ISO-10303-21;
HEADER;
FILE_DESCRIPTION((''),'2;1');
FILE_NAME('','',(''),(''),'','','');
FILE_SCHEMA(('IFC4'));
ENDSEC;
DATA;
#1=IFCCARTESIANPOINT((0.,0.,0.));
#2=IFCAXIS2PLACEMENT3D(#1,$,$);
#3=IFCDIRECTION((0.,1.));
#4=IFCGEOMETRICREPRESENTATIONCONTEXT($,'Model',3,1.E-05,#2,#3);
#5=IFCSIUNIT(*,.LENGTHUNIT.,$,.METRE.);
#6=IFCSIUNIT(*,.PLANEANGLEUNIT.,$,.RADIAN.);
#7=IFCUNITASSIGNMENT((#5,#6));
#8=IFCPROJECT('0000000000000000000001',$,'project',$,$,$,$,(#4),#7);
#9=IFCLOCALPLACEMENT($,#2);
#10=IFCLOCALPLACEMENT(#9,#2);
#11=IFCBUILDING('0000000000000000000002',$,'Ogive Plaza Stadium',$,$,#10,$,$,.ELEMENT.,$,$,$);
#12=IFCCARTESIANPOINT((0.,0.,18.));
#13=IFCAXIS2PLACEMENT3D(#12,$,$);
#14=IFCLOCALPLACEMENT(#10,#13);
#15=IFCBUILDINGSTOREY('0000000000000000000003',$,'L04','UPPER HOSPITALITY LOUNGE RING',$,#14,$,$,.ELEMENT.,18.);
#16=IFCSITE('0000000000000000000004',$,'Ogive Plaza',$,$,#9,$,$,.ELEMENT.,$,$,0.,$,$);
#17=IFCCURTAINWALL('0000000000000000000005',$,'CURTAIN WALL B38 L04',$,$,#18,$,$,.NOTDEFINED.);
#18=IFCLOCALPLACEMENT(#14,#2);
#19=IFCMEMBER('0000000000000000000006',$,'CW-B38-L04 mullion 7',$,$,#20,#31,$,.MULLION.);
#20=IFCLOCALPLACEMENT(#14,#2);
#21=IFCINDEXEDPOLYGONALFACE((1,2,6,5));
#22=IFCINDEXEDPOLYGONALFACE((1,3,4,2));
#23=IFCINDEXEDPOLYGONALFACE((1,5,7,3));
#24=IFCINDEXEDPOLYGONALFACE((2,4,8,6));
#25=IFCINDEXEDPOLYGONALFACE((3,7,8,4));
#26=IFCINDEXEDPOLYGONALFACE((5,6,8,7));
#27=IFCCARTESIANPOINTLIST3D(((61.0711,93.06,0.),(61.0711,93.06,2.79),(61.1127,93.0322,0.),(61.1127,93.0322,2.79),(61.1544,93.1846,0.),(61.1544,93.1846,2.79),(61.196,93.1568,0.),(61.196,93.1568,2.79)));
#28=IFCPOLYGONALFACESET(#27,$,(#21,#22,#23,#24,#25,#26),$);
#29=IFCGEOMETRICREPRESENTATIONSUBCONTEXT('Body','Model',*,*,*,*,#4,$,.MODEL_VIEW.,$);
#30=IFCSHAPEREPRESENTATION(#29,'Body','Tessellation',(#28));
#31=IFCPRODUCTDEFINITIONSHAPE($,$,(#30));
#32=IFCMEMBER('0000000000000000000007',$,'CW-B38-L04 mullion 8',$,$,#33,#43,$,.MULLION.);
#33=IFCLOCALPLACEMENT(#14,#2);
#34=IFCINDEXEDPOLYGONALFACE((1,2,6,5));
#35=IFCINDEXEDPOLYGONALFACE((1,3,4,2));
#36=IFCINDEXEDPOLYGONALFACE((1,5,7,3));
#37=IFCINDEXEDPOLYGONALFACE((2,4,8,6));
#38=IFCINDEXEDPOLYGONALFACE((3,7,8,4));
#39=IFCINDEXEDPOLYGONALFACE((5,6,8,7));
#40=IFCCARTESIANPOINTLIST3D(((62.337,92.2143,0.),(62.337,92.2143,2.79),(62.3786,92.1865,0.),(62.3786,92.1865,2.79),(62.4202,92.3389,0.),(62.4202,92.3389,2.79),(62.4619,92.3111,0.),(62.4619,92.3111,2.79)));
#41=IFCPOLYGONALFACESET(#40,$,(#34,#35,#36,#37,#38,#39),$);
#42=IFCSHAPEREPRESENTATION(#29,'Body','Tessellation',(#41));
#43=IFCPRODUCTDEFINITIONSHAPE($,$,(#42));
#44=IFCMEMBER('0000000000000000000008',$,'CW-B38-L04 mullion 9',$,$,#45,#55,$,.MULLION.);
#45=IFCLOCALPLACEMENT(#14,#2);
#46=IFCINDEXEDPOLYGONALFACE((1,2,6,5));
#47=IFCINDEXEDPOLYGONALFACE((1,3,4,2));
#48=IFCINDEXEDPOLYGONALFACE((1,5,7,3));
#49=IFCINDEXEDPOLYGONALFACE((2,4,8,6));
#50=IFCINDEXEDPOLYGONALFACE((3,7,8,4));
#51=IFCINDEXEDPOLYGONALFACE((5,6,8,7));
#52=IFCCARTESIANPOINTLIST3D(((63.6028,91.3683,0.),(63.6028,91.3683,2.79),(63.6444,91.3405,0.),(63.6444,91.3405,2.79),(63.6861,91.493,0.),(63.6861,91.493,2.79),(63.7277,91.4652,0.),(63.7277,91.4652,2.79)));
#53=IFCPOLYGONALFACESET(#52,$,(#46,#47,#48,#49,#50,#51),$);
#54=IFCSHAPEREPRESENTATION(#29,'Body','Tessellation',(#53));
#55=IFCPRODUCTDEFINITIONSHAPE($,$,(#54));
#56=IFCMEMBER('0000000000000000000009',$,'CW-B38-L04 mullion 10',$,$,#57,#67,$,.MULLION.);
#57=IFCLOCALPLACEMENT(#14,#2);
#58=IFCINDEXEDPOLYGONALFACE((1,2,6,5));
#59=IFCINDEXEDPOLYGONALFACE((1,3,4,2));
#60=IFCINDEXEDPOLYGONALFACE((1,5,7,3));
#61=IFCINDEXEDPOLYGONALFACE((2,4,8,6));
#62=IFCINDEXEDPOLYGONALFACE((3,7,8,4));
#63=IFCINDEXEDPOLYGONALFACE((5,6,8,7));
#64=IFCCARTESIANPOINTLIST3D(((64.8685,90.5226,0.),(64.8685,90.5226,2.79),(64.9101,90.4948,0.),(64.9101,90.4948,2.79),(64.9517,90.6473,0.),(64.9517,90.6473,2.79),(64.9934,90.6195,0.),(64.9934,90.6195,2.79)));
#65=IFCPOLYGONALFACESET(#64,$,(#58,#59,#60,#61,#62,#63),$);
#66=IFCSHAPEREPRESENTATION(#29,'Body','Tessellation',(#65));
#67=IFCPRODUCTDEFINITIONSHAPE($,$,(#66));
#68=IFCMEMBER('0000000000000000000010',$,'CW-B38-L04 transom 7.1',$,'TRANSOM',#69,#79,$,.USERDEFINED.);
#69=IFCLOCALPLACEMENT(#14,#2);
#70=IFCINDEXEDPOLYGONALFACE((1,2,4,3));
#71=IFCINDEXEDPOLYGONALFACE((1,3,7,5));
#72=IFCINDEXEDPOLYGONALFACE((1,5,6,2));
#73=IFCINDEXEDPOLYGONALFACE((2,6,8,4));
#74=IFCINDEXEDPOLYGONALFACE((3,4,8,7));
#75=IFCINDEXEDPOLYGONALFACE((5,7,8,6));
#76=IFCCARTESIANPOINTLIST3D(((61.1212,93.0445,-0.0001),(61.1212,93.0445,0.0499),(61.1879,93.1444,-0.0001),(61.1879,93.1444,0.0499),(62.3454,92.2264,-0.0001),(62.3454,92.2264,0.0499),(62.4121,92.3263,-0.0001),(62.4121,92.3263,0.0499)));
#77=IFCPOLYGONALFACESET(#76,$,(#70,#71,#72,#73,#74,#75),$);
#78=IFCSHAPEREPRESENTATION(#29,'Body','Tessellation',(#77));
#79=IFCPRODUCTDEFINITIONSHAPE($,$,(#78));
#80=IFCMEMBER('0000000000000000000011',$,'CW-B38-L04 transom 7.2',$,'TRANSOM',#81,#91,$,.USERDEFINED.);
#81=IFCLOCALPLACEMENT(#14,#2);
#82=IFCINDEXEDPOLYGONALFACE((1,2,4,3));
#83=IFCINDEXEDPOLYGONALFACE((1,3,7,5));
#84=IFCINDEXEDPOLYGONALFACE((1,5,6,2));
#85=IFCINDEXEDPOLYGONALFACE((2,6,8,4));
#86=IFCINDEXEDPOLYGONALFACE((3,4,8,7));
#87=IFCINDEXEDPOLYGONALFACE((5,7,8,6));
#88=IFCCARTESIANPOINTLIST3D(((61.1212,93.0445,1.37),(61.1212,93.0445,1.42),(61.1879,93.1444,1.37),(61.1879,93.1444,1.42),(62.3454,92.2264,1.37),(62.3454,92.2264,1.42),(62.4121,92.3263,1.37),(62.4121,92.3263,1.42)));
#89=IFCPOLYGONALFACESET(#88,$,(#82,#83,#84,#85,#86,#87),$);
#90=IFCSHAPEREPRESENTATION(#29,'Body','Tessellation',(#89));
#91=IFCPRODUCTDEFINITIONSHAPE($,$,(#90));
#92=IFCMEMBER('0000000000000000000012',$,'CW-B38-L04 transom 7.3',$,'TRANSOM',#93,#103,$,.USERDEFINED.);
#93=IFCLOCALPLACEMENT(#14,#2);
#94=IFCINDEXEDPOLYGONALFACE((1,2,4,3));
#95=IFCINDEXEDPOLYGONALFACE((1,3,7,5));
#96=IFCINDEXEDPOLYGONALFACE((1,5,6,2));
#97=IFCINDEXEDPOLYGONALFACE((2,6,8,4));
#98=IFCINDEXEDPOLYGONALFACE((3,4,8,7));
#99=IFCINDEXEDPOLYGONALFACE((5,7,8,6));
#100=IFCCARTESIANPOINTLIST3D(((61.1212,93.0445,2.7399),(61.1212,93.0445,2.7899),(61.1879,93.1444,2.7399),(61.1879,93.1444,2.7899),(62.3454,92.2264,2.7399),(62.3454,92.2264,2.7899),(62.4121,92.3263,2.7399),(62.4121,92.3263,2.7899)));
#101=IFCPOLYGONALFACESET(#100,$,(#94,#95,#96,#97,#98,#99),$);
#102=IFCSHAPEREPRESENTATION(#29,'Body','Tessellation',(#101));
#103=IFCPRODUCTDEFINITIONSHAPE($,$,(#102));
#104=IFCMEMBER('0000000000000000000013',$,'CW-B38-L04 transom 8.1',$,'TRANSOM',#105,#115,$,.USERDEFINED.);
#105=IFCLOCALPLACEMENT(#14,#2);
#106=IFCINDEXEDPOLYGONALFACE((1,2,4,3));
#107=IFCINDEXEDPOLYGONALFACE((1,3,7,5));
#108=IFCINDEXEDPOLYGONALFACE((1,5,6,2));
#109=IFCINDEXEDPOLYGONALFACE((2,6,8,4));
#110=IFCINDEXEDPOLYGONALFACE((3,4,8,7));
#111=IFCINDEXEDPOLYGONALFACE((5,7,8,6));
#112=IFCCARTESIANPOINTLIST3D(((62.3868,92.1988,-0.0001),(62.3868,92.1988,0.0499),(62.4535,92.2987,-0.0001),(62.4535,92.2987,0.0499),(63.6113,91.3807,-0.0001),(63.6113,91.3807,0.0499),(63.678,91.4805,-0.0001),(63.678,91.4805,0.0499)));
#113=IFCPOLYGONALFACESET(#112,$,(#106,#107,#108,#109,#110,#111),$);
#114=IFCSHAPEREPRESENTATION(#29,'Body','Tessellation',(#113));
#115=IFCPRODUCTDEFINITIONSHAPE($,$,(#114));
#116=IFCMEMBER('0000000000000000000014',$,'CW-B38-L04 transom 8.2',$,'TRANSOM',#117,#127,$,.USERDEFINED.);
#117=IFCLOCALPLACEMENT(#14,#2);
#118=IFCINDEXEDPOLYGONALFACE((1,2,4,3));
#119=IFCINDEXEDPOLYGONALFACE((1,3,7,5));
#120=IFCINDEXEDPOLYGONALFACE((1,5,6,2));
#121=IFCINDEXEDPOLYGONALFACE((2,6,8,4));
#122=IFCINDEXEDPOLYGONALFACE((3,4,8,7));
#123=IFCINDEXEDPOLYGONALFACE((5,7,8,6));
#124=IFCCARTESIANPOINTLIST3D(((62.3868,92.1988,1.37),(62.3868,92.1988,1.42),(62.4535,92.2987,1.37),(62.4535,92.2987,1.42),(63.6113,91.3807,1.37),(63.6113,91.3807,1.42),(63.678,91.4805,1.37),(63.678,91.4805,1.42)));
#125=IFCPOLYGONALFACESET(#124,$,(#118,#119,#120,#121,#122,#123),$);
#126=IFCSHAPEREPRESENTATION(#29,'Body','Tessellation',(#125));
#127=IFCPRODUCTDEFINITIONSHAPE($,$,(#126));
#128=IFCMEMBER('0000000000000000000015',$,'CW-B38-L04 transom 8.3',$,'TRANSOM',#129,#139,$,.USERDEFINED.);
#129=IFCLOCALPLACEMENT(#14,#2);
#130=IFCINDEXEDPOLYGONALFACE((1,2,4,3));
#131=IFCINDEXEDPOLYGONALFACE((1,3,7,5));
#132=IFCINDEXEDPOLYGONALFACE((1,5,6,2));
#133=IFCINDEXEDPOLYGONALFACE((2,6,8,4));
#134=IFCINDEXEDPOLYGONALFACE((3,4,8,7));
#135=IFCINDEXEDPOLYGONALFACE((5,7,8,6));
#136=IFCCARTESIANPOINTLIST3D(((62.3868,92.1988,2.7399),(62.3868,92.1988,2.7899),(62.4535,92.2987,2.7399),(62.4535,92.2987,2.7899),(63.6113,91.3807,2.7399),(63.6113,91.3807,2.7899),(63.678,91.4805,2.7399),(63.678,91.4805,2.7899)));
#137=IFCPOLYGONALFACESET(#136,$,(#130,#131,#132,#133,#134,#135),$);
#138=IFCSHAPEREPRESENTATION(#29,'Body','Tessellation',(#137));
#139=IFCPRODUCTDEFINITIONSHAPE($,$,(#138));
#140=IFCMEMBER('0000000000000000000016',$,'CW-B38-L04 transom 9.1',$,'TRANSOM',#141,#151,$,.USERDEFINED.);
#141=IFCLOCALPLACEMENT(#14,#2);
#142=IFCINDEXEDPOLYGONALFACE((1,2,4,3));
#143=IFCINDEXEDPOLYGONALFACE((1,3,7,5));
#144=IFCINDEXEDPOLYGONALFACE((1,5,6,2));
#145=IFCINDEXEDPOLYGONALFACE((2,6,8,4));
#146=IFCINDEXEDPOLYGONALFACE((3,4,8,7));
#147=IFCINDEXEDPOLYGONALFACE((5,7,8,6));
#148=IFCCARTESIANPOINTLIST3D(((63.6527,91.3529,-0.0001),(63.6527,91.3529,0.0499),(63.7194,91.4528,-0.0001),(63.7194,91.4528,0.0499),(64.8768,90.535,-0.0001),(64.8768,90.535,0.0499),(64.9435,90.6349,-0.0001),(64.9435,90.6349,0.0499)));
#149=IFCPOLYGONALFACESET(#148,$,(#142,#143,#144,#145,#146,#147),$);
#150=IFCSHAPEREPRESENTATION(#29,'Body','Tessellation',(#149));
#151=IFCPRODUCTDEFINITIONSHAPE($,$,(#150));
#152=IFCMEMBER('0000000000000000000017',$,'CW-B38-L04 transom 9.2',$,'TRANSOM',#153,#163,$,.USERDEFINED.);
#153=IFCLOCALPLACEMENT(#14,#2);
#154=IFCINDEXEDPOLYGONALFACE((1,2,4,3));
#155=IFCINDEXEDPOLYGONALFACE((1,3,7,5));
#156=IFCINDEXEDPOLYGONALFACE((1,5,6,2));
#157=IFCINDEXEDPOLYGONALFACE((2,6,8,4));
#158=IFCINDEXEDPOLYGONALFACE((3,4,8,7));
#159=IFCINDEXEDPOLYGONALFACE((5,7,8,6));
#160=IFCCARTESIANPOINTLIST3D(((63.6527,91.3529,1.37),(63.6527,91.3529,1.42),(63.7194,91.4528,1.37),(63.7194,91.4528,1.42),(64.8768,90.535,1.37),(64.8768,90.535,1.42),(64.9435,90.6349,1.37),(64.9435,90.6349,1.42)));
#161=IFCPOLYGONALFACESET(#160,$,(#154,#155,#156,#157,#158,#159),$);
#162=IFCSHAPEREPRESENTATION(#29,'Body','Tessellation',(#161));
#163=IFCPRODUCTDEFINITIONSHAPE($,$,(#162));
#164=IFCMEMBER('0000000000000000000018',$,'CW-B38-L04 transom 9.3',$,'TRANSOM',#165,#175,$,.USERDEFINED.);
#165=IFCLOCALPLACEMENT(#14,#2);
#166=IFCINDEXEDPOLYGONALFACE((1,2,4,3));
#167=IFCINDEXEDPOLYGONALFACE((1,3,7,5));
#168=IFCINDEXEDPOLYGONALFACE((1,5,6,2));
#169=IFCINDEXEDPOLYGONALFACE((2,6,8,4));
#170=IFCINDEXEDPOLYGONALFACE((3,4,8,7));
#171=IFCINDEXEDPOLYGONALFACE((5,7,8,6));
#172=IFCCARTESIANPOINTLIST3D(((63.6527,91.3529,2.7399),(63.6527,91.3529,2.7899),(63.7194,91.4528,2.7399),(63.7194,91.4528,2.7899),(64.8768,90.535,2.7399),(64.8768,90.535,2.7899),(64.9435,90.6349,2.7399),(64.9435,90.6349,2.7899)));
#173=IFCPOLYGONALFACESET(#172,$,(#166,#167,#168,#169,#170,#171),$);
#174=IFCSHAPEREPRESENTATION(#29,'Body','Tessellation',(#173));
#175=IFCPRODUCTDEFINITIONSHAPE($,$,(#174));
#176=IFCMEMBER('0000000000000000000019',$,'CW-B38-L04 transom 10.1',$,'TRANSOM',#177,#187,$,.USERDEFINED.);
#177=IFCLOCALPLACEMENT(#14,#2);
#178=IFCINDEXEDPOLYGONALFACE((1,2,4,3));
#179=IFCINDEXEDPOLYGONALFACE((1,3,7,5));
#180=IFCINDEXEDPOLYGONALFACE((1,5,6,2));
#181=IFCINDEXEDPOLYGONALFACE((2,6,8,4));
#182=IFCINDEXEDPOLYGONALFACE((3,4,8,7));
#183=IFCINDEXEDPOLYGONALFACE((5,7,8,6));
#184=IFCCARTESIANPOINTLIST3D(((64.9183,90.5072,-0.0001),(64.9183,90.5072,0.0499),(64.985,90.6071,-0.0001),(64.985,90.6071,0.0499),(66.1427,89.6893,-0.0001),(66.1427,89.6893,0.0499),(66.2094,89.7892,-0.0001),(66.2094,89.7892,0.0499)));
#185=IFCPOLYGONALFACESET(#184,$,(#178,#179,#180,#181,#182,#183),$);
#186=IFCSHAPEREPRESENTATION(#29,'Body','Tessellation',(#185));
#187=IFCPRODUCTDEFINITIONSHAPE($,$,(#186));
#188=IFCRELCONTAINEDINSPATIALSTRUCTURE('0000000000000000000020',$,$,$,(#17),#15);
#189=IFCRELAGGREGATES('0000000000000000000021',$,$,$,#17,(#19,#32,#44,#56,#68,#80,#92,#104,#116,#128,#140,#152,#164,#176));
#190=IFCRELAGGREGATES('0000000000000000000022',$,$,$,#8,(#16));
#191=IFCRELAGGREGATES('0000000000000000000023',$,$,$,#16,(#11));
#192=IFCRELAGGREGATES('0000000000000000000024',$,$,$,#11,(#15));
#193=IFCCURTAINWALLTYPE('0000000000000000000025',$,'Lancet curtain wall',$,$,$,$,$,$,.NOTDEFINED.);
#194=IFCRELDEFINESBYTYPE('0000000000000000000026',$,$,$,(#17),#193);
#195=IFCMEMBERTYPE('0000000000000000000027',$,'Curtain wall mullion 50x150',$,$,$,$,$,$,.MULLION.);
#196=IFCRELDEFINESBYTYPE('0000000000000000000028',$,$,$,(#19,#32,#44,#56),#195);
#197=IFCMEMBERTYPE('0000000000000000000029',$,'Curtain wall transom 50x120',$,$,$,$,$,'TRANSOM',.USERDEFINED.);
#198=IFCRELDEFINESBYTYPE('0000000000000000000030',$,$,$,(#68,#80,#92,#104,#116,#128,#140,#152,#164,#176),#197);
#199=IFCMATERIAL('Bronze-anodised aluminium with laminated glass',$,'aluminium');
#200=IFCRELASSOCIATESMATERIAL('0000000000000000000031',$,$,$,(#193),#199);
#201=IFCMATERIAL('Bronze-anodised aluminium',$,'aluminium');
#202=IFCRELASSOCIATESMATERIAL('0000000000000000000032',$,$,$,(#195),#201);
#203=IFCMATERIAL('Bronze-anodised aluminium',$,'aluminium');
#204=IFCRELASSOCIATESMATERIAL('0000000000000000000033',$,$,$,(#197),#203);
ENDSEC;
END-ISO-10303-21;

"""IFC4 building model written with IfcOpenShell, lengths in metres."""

from ifc_helpers import new_model, si_unit, direction, frame, origin, origin_2d, place, context, subcontext, project, spatial, rectangle, extrude, material, material_profile, profile_set, type_object, element, aggregate, save


model = new_model("IFC4")

# Units and contexts
model_context = context("Model", 3, precision=1e-05, world=origin(), true_north=direction((0.0, 1.0)))
body_context = subcontext(model_context, "Body", "Model", "MODEL_VIEW")
ifc_project = project(units=[si_unit("LENGTHUNIT", "METRE"), si_unit("PLANEANGLEUNIT", "RADIAN")], contexts=[model_context])

# Site, building, storey
site_placement = place(None, origin())
site = spatial("IfcSite", under=ifc_project, at=site_placement, Name="Ogive Plaza", CompositionType="ELEMENT", RefElevation=0.0)
building_placement = place(site_placement, origin())
building = spatial("IfcBuilding", under=site, at=building_placement, Name="Ogive Plaza Stadium", CompositionType="ELEMENT")
storey_placement = place(building_placement, frame((0.0, 0.0, 18.0)))
storey = spatial("IfcBuildingStorey", under=building, at=storey_placement, Name="L04", Description="UPPER HOSPITALITY LOUNGE RING", CompositionType="ELEMENT", Elevation=18.0)

# Curtain wall, members
ifc_material_1 = material(Name="Bronze-anodised aluminium with laminated glass", Category="aluminium")
curtain_wall_type = type_object("IfcCurtainWallType", Name="Lancet curtain wall", PredefinedType="NOTDEFINED", material=ifc_material_1)
curtain_wall_placement = place(storey_placement, origin())
curtain_wall = element("IfcCurtainWall", 1, at=curtain_wall_placement, inside=storey, type_object=curtain_wall_type, Name="CURTAIN WALL B38 L04", PredefinedType="NOTDEFINED")
ifc_material_2 = material(Name="Bronze-anodised aluminium", Category="aluminium")
ifc_material_profile_1 = material_profile(ifc_material_2, rectangle(XDim=0.1499, YDim=0.05, at=origin_2d()), Name="AL 150x50")
ifc_profile_set_1 = profile_set([ifc_material_profile_1], Name="Bronze-anodised aluminium")
member_type_1 = type_object("IfcMemberType", Name="Curtain wall mullion 50x150", PredefinedType="MULLION", material=ifc_profile_set_1)
member_1_placement = place(storey_placement, frame((61.1335, 93.1084, 0.0), z_axis=(0.0, 0.0, 1.0), x_axis=(0.55557, 0.83147, 0.0)))
member_1 = element("IfcMember", 2, at=member_1_placement, type_object=member_type_1, Name="CW-B38-L04 mullion 7", PredefinedType="MULLION", context=body_context, shape_type="SweptSolid", body=[
    extrude(rectangle(XDim=0.1499, YDim=0.05, at=origin_2d()), origin(), (0.0, 0.0, 1.0), 2.79),
])
member_2_placement = place(storey_placement, frame((62.3994, 92.2627, 0.0), z_axis=(0.0, 0.0, 1.0), x_axis=(0.55557, 0.83147, 0.0)))
member_2 = element("IfcMember", 3, at=member_2_placement, type_object=member_type_1, Name="CW-B38-L04 mullion 8", PredefinedType="MULLION", context=body_context, shape_type="SweptSolid", body=[
    extrude(rectangle(XDim=0.1499, YDim=0.05, at=origin_2d()), origin(), (0.0, 0.0, 1.0), 2.79),
])
member_3_placement = place(storey_placement, frame((63.6653, 91.4167, 0.0), z_axis=(0.0, 0.0, 1.0), x_axis=(0.55557, 0.83147, 0.0)))
member_3 = element("IfcMember", 4, at=member_3_placement, type_object=member_type_1, Name="CW-B38-L04 mullion 9", PredefinedType="MULLION", context=body_context, shape_type="SweptSolid", body=[
    extrude(rectangle(XDim=0.1499, YDim=0.05, at=origin_2d()), origin(), (0.0, 0.0, 1.0), 2.79),
])
member_4_placement = place(storey_placement, frame((64.9309, 90.571, 0.0), z_axis=(0.0, 0.0, 1.0), x_axis=(0.55557, 0.83147, 0.0)))
member_4 = element("IfcMember", 5, at=member_4_placement, type_object=member_type_1, Name="CW-B38-L04 mullion 10", PredefinedType="MULLION", context=body_context, shape_type="SweptSolid", body=[
    extrude(rectangle(XDim=0.1499, YDim=0.05, at=origin_2d()), origin(), (0.0, 0.0, 1.0), 2.79),
])
ifc_material_3 = material(Name="Bronze-anodised aluminium", Category="aluminium")
ifc_material_profile_2 = material_profile(ifc_material_3, rectangle(XDim=0.1201, YDim=0.05, at=origin_2d()), Name="AL 120x50")
ifc_profile_set_2 = profile_set([ifc_material_profile_2], Name="Bronze-anodised aluminium")
member_type_2 = type_object("IfcMemberType", Name="Curtain wall transom 50x120", ElementType="TRANSOM", PredefinedType="USERDEFINED", material=ifc_profile_set_2)
member_5_placement = place(storey_placement, frame((61.1545, 93.0945, 0.0249), z_axis=(0.831412, -0.555656, 0.0), x_axis=(0.555656, 0.831412, 0.0)))
member_5 = element("IfcMember", 6, at=member_5_placement, type_object=member_type_2, Name="CW-B38-L04 transom 7.1", ObjectType="TRANSOM", PredefinedType="USERDEFINED", context=body_context, shape_type="SweptSolid", body=[
    extrude(rectangle(XDim=0.1201, YDim=0.05, at=origin_2d()), origin(), (0.0, 0.0, 1.0), 1.4724),
])
member_6_placement = place(storey_placement, frame((61.1545, 93.0945, 1.395), z_axis=(0.831412, -0.555656, 0.0), x_axis=(0.555656, 0.831412, 0.0)))
member_6 = element("IfcMember", 7, at=member_6_placement, type_object=member_type_2, Name="CW-B38-L04 transom 7.2", ObjectType="TRANSOM", PredefinedType="USERDEFINED", context=body_context, shape_type="SweptSolid", body=[
    extrude(rectangle(XDim=0.1201, YDim=0.05, at=origin_2d()), origin(), (0.0, 0.0, 1.0), 1.4724),
])
member_7_placement = place(storey_placement, frame((61.1545, 93.0945, 2.7649), z_axis=(0.831412, -0.555656, 0.0), x_axis=(0.555656, 0.831412, 0.0)))
member_7 = element("IfcMember", 8, at=member_7_placement, type_object=member_type_2, Name="CW-B38-L04 transom 7.3", ObjectType="TRANSOM", PredefinedType="USERDEFINED", context=body_context, shape_type="SweptSolid", body=[
    extrude(rectangle(XDim=0.1201, YDim=0.05, at=origin_2d()), origin(), (0.0, 0.0, 1.0), 1.4724),
])
member_8_placement = place(storey_placement, frame((62.4202, 92.2488, 0.0249), z_axis=(0.831463, -0.55558, 0.0), x_axis=(0.55558, 0.831463, 0.0)))
member_8 = element("IfcMember", 9, at=member_8_placement, type_object=member_type_2, Name="CW-B38-L04 transom 8.1", ObjectType="TRANSOM", PredefinedType="USERDEFINED", context=body_context, shape_type="SweptSolid", body=[
    extrude(rectangle(XDim=0.1201, YDim=0.05, at=origin_2d()), origin(), (0.0, 0.0, 1.0), 1.4727),
])
member_9_placement = place(storey_placement, frame((62.4202, 92.2488, 1.395), z_axis=(0.831463, -0.55558, 0.0), x_axis=(0.55558, 0.831463, 0.0)))
member_9 = element("IfcMember", 10, at=member_9_placement, type_object=member_type_2, Name="CW-B38-L04 transom 8.2", ObjectType="TRANSOM", PredefinedType="USERDEFINED", context=body_context, shape_type="SweptSolid", body=[
    extrude(rectangle(XDim=0.1201, YDim=0.05, at=origin_2d()), origin(), (0.0, 0.0, 1.0), 1.4727),
])
member_10_placement = place(storey_placement, frame((62.4202, 92.2488, 2.7649), z_axis=(0.831463, -0.55558, 0.0), x_axis=(0.55558, 0.831463, 0.0)))
member_10 = element("IfcMember", 11, at=member_10_placement, type_object=member_type_2, Name="CW-B38-L04 transom 8.3", ObjectType="TRANSOM", PredefinedType="USERDEFINED", context=body_context, shape_type="SweptSolid", body=[
    extrude(rectangle(XDim=0.1201, YDim=0.05, at=origin_2d()), origin(), (0.0, 0.0, 1.0), 1.4727),
])
member_11_placement = place(storey_placement, frame((63.686, 91.4028, 0.0249), z_axis=(0.831489, -0.555542, 0.0), x_axis=(0.555542, 0.831489, 0.0)))
member_11 = element("IfcMember", 12, at=member_11_placement, type_object=member_type_2, Name="CW-B38-L04 transom 9.1", ObjectType="TRANSOM", PredefinedType="USERDEFINED", context=body_context, shape_type="SweptSolid", body=[
    extrude(rectangle(XDim=0.1201, YDim=0.05, at=origin_2d()), origin(), (0.0, 0.0, 1.0), 1.4722),
])
member_12_placement = place(storey_placement, frame((63.686, 91.4028, 1.395), z_axis=(0.831489, -0.555542, 0.0), x_axis=(0.555542, 0.831489, 0.0)))
member_12 = element("IfcMember", 13, at=member_12_placement, type_object=member_type_2, Name="CW-B38-L04 transom 9.2", ObjectType="TRANSOM", PredefinedType="USERDEFINED", context=body_context, shape_type="SweptSolid", body=[
    extrude(rectangle(XDim=0.1201, YDim=0.05, at=origin_2d()), origin(), (0.0, 0.0, 1.0), 1.4722),
])
member_13_placement = place(storey_placement, frame((63.686, 91.4028, 2.7649), z_axis=(0.831489, -0.555542, 0.0), x_axis=(0.555542, 0.831489, 0.0)))
member_13 = element("IfcMember", 14, at=member_13_placement, type_object=member_type_2, Name="CW-B38-L04 transom 9.3", ObjectType="TRANSOM", PredefinedType="USERDEFINED", context=body_context, shape_type="SweptSolid", body=[
    extrude(rectangle(XDim=0.1201, YDim=0.05, at=origin_2d()), origin(), (0.0, 0.0, 1.0), 1.4722),
])
member_14_placement = place(storey_placement, frame((64.9517, 90.5571, 0.0249), z_axis=(0.83154, -0.555465, 0.0), x_axis=(0.555465, 0.83154, 0.0)))
member_14 = element("IfcMember", 15, at=member_14_placement, type_object=member_type_2, Name="CW-B38-L04 transom 10.1", ObjectType="TRANSOM", PredefinedType="USERDEFINED", context=body_context, shape_type="SweptSolid", body=[
    extrude(rectangle(XDim=0.1201, YDim=0.05, at=origin_2d()), origin(), (0.0, 0.0, 1.0), 1.4724),
])
aggregate(curtain_wall, [member_1, member_2, member_3, member_4, member_5, member_6, member_7, member_8, member_9, member_10, member_11, member_12, member_13, member_14])

save(model, "model.ifc")
